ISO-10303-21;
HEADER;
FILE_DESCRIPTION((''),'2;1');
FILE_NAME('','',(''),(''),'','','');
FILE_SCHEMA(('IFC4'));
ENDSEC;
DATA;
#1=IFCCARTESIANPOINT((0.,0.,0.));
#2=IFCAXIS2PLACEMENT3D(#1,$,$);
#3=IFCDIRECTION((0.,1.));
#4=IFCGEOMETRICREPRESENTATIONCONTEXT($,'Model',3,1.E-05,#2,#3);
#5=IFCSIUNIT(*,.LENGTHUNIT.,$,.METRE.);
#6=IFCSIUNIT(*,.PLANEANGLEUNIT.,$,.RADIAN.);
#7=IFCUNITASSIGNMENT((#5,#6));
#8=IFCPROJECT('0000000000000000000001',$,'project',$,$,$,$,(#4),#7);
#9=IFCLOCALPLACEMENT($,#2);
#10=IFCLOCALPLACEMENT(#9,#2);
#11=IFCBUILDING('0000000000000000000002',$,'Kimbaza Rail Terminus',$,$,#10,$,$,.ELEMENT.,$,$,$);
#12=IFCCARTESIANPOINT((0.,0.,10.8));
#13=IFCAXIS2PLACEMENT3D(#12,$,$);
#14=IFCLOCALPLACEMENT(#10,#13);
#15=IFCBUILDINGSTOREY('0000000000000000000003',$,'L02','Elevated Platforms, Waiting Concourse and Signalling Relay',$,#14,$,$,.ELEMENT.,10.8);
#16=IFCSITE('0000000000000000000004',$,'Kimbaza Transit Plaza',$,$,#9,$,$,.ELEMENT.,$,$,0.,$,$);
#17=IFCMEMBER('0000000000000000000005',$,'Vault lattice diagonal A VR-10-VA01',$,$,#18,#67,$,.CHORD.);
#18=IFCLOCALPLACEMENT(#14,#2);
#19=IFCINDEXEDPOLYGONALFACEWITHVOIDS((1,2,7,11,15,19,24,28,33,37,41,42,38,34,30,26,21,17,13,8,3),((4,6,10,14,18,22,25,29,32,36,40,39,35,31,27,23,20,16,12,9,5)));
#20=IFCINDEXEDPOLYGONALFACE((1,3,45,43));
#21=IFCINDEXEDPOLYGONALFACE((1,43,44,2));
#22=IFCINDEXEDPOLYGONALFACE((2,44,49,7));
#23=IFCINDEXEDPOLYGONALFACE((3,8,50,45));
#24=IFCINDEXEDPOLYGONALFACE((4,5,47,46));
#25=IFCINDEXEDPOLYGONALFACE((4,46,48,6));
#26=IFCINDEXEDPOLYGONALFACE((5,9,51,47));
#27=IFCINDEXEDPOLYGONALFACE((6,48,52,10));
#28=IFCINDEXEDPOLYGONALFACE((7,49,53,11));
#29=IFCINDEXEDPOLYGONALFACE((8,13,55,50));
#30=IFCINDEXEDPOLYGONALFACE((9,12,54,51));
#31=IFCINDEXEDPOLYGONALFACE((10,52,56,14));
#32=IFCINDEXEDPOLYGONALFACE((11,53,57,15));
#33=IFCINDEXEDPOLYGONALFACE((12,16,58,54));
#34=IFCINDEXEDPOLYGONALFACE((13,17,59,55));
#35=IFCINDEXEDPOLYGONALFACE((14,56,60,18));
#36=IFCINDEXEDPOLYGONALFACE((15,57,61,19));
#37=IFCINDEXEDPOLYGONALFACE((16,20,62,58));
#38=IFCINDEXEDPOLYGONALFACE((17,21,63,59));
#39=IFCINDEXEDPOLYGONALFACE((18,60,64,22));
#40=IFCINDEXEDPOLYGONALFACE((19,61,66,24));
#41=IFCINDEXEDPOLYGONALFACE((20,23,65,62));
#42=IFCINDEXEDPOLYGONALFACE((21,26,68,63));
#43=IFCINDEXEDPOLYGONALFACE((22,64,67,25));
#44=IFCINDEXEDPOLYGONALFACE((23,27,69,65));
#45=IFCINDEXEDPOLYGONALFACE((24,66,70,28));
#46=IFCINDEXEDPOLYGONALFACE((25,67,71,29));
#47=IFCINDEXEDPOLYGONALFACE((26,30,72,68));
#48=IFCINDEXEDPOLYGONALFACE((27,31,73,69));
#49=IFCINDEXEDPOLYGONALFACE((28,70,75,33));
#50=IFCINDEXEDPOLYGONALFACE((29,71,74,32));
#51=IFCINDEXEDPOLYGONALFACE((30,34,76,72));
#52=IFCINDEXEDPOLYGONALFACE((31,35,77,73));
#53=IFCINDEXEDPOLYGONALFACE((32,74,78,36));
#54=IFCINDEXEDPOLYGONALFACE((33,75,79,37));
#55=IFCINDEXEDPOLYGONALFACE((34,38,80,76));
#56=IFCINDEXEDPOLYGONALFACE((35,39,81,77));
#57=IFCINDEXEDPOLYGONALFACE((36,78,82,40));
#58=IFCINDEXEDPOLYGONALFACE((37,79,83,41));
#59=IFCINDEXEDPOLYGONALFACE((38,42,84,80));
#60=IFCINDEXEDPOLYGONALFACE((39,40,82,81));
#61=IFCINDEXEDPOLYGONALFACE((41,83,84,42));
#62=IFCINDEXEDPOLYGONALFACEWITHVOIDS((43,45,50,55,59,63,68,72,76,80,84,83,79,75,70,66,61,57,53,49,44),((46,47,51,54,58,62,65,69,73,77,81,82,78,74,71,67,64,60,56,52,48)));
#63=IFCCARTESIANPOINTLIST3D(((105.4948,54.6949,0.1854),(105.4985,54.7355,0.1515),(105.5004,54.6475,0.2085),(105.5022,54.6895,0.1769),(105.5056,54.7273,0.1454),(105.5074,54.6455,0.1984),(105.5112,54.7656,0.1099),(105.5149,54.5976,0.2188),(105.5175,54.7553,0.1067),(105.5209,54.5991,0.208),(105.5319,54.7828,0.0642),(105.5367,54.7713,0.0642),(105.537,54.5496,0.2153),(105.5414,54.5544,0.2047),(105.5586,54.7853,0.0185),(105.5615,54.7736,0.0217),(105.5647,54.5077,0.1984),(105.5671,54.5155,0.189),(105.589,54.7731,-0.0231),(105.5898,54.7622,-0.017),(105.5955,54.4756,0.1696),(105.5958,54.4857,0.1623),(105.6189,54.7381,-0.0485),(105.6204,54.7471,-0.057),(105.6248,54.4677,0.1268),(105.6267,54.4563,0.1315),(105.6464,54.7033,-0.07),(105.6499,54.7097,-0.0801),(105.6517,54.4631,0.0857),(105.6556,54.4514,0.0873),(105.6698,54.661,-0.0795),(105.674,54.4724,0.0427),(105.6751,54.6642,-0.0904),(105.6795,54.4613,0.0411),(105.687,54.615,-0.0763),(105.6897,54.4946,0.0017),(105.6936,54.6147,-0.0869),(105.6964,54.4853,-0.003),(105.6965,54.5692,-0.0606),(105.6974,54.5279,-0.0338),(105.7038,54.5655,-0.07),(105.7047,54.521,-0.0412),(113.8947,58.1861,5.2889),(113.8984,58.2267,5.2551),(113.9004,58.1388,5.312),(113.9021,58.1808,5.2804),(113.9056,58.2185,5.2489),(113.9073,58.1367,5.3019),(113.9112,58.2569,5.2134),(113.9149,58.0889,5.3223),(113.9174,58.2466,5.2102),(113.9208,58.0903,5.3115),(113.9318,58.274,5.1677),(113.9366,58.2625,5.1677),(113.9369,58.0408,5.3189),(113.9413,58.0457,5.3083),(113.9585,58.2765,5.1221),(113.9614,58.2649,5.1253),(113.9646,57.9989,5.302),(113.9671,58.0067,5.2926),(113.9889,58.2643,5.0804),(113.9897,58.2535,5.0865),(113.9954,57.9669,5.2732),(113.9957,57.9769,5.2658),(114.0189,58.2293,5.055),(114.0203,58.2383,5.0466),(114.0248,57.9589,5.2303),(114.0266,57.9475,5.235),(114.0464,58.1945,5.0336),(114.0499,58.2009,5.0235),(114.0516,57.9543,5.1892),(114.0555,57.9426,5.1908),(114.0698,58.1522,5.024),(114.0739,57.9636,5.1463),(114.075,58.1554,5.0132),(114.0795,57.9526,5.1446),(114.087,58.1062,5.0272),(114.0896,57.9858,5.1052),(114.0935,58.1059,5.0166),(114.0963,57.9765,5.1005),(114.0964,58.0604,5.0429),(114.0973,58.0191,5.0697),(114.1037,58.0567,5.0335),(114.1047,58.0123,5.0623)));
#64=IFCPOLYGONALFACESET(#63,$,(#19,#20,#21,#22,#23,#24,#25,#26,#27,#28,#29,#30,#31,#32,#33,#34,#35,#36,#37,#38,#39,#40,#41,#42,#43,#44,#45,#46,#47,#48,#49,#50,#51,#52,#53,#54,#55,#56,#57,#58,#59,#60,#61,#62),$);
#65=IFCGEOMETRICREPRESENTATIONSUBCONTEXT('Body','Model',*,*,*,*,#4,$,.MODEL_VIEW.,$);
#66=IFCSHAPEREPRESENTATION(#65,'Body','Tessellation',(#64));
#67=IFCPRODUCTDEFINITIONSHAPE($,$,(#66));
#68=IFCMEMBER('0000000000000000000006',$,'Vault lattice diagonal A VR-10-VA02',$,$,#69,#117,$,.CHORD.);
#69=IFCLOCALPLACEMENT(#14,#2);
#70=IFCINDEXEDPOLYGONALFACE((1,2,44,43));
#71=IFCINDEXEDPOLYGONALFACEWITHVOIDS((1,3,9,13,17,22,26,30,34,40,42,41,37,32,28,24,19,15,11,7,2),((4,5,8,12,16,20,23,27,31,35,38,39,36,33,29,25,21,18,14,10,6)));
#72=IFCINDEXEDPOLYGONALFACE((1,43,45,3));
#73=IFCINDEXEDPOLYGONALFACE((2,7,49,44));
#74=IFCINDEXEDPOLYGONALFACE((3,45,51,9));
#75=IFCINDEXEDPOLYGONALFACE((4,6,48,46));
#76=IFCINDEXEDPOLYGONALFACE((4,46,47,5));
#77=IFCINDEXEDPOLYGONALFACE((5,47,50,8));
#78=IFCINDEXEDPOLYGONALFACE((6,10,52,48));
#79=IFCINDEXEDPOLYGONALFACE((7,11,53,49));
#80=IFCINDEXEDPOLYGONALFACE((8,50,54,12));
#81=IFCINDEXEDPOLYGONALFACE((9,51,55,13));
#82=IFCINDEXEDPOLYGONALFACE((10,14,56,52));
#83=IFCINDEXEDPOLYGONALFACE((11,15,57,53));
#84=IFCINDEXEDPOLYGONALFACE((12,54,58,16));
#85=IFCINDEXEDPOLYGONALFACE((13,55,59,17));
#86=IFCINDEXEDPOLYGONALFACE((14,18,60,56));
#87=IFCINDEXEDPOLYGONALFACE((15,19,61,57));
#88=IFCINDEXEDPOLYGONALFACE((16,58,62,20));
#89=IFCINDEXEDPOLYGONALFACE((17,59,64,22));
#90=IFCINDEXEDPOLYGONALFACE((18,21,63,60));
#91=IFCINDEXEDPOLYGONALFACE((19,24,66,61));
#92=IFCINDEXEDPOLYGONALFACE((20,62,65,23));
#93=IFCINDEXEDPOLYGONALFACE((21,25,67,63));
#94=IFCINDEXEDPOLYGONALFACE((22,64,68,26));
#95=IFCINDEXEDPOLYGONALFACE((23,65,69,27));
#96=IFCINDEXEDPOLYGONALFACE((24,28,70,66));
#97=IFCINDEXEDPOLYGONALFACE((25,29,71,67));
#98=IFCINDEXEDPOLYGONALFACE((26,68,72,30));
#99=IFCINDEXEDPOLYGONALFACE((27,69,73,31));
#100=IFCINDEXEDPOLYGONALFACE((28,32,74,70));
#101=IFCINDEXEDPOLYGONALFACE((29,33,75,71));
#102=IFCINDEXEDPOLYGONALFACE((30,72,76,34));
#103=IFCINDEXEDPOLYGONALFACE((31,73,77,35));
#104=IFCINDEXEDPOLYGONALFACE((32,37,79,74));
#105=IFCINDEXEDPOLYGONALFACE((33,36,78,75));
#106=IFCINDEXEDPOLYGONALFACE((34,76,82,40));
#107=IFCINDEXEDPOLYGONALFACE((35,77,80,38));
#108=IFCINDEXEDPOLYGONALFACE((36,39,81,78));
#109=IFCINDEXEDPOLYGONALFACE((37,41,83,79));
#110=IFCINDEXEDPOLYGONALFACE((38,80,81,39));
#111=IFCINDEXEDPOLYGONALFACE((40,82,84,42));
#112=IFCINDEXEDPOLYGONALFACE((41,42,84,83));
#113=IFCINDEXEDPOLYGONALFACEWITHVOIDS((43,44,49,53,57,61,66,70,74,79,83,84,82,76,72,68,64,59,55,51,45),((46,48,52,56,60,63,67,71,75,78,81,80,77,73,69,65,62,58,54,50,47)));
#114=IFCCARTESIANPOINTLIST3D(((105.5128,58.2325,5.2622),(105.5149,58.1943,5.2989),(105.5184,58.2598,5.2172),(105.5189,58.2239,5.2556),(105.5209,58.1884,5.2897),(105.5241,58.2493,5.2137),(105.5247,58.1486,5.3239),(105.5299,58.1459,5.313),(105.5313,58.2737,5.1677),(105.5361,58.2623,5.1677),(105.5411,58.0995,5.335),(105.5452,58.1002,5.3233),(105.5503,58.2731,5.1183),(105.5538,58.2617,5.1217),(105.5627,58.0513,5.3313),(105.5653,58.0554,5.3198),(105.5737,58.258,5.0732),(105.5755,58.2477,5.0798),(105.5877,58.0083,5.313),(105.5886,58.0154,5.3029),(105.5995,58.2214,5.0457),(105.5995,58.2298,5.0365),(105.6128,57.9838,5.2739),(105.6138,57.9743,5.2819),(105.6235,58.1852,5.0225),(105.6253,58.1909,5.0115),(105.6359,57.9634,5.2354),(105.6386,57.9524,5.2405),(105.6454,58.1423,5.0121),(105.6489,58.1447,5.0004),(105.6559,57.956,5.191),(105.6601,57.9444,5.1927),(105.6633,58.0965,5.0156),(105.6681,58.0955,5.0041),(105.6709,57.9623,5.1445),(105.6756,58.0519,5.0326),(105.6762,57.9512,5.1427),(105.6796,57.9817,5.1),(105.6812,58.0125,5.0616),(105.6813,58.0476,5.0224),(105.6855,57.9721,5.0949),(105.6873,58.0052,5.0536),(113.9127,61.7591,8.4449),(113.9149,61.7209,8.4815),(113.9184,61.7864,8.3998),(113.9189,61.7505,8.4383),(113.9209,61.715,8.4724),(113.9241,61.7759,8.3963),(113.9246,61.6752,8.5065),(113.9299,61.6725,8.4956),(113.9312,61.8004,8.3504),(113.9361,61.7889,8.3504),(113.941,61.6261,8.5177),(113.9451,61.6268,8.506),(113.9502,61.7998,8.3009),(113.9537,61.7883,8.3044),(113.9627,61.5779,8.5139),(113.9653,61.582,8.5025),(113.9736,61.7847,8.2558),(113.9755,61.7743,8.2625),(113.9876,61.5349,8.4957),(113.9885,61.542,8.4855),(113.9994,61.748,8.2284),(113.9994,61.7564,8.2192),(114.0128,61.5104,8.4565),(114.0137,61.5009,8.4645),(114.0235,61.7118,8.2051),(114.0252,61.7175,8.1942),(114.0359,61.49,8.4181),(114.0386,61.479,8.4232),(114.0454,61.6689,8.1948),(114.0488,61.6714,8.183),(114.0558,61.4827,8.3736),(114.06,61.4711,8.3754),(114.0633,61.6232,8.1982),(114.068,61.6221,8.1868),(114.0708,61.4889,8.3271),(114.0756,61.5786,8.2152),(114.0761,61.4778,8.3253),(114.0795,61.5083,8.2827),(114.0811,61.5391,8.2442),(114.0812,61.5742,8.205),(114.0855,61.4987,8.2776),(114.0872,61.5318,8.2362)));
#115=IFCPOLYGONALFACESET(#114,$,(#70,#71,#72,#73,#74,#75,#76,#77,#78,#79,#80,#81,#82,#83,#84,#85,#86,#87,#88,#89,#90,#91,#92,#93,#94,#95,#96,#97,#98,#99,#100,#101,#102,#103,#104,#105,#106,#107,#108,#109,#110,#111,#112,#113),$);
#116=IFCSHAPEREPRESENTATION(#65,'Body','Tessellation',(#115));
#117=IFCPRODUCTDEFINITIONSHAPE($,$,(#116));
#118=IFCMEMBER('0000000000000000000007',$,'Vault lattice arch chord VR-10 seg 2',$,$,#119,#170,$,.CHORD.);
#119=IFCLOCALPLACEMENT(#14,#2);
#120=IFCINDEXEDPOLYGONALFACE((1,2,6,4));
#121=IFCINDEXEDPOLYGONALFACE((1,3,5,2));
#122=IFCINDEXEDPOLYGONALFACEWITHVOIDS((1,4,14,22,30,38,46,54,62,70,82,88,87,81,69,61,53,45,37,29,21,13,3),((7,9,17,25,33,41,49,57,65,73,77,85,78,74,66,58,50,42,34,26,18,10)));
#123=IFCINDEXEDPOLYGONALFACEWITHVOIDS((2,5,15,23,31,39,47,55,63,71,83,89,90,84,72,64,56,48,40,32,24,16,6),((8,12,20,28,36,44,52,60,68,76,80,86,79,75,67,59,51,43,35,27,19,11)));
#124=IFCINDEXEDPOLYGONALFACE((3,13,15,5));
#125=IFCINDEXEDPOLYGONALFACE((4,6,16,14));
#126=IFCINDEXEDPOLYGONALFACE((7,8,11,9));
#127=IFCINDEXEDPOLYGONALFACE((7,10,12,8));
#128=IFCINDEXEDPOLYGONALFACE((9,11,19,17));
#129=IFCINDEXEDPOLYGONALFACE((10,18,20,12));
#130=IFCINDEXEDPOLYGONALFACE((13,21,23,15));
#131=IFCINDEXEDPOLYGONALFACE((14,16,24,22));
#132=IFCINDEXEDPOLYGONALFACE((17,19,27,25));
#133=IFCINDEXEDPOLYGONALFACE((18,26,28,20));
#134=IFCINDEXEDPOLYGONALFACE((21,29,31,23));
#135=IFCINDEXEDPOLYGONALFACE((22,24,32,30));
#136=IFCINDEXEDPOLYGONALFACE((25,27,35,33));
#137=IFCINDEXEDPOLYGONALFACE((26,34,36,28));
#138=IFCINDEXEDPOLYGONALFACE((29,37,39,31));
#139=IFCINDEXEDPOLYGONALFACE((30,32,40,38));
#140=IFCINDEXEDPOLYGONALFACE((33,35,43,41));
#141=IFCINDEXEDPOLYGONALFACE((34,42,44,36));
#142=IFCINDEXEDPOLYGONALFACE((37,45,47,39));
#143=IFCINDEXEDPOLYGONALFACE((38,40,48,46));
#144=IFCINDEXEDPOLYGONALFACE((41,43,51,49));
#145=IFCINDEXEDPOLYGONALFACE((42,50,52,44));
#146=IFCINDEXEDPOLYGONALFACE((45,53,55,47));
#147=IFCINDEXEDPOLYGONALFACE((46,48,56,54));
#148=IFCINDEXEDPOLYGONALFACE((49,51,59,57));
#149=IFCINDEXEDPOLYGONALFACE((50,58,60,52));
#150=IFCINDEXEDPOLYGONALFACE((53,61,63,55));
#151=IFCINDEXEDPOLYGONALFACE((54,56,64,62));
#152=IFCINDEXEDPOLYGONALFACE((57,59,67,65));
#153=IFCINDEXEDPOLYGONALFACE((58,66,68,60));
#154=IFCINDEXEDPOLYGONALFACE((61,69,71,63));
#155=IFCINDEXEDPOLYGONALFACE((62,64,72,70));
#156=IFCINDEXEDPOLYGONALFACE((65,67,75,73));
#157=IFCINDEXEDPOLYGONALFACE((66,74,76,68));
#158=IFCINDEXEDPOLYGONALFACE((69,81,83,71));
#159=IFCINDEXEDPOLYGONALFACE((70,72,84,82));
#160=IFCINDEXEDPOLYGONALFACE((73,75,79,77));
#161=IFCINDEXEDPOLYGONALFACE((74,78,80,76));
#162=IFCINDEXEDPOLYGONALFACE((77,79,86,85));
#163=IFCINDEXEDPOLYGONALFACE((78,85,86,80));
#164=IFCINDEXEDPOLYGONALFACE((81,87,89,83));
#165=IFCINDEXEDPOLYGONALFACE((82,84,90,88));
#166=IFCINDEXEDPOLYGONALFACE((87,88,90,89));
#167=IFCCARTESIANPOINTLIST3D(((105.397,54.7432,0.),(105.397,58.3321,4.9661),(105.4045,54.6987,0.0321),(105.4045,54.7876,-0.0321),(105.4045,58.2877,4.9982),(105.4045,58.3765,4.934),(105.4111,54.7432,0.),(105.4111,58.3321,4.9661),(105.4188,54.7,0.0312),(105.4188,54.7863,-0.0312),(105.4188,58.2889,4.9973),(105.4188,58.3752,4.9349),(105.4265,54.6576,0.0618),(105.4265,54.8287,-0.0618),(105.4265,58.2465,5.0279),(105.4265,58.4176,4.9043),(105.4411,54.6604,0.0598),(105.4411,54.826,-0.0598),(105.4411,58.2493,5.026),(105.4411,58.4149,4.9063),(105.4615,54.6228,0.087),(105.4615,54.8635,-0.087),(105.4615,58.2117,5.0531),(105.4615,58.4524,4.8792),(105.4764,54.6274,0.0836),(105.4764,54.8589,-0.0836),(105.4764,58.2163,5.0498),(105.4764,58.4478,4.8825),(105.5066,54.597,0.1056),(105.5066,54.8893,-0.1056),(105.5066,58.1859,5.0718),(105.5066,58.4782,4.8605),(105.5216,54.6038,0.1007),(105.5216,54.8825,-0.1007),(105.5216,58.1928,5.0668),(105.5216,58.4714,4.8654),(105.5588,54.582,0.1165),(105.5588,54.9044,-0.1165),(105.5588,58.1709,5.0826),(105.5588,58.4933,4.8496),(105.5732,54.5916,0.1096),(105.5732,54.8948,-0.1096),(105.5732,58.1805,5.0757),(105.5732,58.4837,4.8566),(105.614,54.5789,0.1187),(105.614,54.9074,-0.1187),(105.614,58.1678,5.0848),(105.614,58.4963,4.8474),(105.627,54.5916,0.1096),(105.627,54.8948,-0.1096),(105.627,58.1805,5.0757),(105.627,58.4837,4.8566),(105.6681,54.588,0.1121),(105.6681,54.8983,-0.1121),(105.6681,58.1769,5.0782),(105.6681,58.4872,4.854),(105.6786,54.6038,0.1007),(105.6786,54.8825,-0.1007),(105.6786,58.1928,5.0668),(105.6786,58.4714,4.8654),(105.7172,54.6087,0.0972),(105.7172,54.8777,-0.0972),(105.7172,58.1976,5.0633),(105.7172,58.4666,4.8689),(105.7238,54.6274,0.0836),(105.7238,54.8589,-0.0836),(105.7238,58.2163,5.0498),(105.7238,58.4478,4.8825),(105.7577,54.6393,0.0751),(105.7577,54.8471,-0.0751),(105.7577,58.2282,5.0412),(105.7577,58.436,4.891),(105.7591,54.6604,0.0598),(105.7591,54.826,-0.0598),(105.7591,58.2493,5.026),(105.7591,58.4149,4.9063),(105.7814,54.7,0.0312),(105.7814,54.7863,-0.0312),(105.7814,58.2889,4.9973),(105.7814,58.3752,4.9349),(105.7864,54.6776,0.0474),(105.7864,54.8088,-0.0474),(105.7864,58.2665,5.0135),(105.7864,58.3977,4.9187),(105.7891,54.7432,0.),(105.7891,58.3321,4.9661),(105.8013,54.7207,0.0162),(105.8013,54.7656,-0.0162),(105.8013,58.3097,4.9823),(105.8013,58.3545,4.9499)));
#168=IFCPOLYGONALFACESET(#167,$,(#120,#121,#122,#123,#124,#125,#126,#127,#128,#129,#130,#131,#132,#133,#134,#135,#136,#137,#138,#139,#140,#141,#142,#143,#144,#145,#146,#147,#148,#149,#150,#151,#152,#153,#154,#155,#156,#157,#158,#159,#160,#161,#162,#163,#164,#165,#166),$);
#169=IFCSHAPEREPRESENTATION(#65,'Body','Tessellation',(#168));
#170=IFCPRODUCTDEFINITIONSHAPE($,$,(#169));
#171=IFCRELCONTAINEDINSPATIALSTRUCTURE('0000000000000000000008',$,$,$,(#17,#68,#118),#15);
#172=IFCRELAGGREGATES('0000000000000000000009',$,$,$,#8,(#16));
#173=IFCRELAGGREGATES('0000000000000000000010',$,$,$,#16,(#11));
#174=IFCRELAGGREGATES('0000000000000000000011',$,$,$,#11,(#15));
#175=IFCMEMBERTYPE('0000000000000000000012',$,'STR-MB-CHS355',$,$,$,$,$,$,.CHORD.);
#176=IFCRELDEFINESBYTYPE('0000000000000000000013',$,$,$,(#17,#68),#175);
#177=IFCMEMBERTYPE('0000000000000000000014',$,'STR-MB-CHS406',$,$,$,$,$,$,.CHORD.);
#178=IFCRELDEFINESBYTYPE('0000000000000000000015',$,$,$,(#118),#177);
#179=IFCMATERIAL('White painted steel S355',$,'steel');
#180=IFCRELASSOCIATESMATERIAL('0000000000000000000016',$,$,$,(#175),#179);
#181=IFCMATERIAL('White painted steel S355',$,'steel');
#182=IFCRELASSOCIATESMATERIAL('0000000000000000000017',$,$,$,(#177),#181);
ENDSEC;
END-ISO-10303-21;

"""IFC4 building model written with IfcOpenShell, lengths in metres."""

from ifc_helpers import new_model, si_unit, direction, frame, origin, origin_2d, place, context, subcontext, project, spatial, hollow_circle, extrude, material, material_profile, profile_set, type_object, element, save


model = new_model("IFC4")

# Units and contexts
model_context = context("Model", 3, precision=1e-05, world=origin(), true_north=direction((0.0, 1.0)))
body_context = subcontext(model_context, "Body", "Model", "MODEL_VIEW")
ifc_project = project(units=[si_unit("LENGTHUNIT", "METRE"), si_unit("PLANEANGLEUNIT", "RADIAN")], contexts=[model_context])

# Site, building, storey
site_placement = place(None, origin())
site = spatial("IfcSite", under=ifc_project, at=site_placement, Name="Kimbaza Transit Plaza", CompositionType="ELEMENT", RefElevation=0.0)
building_placement = place(site_placement, origin())
building = spatial("IfcBuilding", under=site, at=building_placement, Name="Kimbaza Rail Terminus", CompositionType="ELEMENT")
storey_placement = place(building_placement, frame((0.0, 0.0, 10.8)))
storey = spatial("IfcBuildingStorey", under=building, at=storey_placement, Name="L02", Description="Elevated Platforms, Waiting Concourse and Signalling Relay", CompositionType="ELEMENT", Elevation=10.8)

# Members
ifc_material_1 = material(Name="White painted steel S355", Category="steel")
ifc_material_profile_1 = material_profile(ifc_material_1, hollow_circle(Radius=0.1777, WallThickness=0.0125, at=origin_2d()), Name="CHS 355.6x12.5")
ifc_profile_set_1 = profile_set([ifc_material_profile_1], Name="White painted steel S355")
member_type_1 = type_object("IfcMemberType", Name="STR-MB-CHS355", PredefinedType="CHORD", material=ifc_profile_set_1)
member_1_placement = place(storey_placement, frame((105.6001, 54.6187, 0.0642), z_axis=(0.805331, 0.334716, 0.489293), x_axis=(-0.383796, 0.923418, 0.0)))
element("IfcMember", 1, at=member_1_placement, inside=storey, type_object=member_type_1, Name="Vault lattice diagonal A VR-10-VA01", PredefinedType="CHORD", context=body_context, shape_type="SweptSolid", body=[
    extrude(hollow_circle(Radius=0.1777, WallThickness=0.0125, at=origin_2d()), origin(), (0.0, 0.0, 1.0), 10.4304),
])
member_2_placement = place(storey_placement, frame((105.6001, 58.1099, 5.1677), z_axis=(0.870447, 0.365448, 0.329802), x_axis=(-0.387107, 0.922035, 0.0)))
element("IfcMember", 2, at=member_2_placement, inside=storey, type_object=member_type_1, Name="Vault lattice diagonal A VR-10-VA02", PredefinedType="CHORD", context=body_context, shape_type="SweptSolid", body=[
    extrude(hollow_circle(Radius=0.1777, WallThickness=0.0125, at=origin_2d()), origin(), (0.0, 0.0, 1.0), 9.6501),
])
ifc_material_2 = material(Name="White painted steel S355", Category="steel")
ifc_material_profile_2 = material_profile(ifc_material_2, hollow_circle(Radius=0.2031, WallThickness=0.0142, at=origin_2d()), Name="CHS 406.4x14.2")
ifc_profile_set_2 = profile_set([ifc_material_profile_2], Name="White painted steel S355")
member_type_2 = type_object("IfcMemberType", Name="STR-MB-CHS406", PredefinedType="CHORD", material=ifc_profile_set_2)
member_3_placement = place(storey_placement, frame((105.6001, 54.7432, 0.0), z_axis=(0.0, 0.585733, 0.810504), x_axis=(-1.0, 0.0, 0.0)))
element("IfcMember", 3, at=member_3_placement, inside=storey, type_object=member_type_2, Name="Vault lattice arch chord VR-10 seg 2", PredefinedType="CHORD", context=body_context, shape_type="SweptSolid", body=[
    extrude(hollow_circle(Radius=0.2031, WallThickness=0.0142, at=origin_2d()), origin(), (0.0, 0.0, 1.0), 6.1272),
])

save(model, "model.ifc")
